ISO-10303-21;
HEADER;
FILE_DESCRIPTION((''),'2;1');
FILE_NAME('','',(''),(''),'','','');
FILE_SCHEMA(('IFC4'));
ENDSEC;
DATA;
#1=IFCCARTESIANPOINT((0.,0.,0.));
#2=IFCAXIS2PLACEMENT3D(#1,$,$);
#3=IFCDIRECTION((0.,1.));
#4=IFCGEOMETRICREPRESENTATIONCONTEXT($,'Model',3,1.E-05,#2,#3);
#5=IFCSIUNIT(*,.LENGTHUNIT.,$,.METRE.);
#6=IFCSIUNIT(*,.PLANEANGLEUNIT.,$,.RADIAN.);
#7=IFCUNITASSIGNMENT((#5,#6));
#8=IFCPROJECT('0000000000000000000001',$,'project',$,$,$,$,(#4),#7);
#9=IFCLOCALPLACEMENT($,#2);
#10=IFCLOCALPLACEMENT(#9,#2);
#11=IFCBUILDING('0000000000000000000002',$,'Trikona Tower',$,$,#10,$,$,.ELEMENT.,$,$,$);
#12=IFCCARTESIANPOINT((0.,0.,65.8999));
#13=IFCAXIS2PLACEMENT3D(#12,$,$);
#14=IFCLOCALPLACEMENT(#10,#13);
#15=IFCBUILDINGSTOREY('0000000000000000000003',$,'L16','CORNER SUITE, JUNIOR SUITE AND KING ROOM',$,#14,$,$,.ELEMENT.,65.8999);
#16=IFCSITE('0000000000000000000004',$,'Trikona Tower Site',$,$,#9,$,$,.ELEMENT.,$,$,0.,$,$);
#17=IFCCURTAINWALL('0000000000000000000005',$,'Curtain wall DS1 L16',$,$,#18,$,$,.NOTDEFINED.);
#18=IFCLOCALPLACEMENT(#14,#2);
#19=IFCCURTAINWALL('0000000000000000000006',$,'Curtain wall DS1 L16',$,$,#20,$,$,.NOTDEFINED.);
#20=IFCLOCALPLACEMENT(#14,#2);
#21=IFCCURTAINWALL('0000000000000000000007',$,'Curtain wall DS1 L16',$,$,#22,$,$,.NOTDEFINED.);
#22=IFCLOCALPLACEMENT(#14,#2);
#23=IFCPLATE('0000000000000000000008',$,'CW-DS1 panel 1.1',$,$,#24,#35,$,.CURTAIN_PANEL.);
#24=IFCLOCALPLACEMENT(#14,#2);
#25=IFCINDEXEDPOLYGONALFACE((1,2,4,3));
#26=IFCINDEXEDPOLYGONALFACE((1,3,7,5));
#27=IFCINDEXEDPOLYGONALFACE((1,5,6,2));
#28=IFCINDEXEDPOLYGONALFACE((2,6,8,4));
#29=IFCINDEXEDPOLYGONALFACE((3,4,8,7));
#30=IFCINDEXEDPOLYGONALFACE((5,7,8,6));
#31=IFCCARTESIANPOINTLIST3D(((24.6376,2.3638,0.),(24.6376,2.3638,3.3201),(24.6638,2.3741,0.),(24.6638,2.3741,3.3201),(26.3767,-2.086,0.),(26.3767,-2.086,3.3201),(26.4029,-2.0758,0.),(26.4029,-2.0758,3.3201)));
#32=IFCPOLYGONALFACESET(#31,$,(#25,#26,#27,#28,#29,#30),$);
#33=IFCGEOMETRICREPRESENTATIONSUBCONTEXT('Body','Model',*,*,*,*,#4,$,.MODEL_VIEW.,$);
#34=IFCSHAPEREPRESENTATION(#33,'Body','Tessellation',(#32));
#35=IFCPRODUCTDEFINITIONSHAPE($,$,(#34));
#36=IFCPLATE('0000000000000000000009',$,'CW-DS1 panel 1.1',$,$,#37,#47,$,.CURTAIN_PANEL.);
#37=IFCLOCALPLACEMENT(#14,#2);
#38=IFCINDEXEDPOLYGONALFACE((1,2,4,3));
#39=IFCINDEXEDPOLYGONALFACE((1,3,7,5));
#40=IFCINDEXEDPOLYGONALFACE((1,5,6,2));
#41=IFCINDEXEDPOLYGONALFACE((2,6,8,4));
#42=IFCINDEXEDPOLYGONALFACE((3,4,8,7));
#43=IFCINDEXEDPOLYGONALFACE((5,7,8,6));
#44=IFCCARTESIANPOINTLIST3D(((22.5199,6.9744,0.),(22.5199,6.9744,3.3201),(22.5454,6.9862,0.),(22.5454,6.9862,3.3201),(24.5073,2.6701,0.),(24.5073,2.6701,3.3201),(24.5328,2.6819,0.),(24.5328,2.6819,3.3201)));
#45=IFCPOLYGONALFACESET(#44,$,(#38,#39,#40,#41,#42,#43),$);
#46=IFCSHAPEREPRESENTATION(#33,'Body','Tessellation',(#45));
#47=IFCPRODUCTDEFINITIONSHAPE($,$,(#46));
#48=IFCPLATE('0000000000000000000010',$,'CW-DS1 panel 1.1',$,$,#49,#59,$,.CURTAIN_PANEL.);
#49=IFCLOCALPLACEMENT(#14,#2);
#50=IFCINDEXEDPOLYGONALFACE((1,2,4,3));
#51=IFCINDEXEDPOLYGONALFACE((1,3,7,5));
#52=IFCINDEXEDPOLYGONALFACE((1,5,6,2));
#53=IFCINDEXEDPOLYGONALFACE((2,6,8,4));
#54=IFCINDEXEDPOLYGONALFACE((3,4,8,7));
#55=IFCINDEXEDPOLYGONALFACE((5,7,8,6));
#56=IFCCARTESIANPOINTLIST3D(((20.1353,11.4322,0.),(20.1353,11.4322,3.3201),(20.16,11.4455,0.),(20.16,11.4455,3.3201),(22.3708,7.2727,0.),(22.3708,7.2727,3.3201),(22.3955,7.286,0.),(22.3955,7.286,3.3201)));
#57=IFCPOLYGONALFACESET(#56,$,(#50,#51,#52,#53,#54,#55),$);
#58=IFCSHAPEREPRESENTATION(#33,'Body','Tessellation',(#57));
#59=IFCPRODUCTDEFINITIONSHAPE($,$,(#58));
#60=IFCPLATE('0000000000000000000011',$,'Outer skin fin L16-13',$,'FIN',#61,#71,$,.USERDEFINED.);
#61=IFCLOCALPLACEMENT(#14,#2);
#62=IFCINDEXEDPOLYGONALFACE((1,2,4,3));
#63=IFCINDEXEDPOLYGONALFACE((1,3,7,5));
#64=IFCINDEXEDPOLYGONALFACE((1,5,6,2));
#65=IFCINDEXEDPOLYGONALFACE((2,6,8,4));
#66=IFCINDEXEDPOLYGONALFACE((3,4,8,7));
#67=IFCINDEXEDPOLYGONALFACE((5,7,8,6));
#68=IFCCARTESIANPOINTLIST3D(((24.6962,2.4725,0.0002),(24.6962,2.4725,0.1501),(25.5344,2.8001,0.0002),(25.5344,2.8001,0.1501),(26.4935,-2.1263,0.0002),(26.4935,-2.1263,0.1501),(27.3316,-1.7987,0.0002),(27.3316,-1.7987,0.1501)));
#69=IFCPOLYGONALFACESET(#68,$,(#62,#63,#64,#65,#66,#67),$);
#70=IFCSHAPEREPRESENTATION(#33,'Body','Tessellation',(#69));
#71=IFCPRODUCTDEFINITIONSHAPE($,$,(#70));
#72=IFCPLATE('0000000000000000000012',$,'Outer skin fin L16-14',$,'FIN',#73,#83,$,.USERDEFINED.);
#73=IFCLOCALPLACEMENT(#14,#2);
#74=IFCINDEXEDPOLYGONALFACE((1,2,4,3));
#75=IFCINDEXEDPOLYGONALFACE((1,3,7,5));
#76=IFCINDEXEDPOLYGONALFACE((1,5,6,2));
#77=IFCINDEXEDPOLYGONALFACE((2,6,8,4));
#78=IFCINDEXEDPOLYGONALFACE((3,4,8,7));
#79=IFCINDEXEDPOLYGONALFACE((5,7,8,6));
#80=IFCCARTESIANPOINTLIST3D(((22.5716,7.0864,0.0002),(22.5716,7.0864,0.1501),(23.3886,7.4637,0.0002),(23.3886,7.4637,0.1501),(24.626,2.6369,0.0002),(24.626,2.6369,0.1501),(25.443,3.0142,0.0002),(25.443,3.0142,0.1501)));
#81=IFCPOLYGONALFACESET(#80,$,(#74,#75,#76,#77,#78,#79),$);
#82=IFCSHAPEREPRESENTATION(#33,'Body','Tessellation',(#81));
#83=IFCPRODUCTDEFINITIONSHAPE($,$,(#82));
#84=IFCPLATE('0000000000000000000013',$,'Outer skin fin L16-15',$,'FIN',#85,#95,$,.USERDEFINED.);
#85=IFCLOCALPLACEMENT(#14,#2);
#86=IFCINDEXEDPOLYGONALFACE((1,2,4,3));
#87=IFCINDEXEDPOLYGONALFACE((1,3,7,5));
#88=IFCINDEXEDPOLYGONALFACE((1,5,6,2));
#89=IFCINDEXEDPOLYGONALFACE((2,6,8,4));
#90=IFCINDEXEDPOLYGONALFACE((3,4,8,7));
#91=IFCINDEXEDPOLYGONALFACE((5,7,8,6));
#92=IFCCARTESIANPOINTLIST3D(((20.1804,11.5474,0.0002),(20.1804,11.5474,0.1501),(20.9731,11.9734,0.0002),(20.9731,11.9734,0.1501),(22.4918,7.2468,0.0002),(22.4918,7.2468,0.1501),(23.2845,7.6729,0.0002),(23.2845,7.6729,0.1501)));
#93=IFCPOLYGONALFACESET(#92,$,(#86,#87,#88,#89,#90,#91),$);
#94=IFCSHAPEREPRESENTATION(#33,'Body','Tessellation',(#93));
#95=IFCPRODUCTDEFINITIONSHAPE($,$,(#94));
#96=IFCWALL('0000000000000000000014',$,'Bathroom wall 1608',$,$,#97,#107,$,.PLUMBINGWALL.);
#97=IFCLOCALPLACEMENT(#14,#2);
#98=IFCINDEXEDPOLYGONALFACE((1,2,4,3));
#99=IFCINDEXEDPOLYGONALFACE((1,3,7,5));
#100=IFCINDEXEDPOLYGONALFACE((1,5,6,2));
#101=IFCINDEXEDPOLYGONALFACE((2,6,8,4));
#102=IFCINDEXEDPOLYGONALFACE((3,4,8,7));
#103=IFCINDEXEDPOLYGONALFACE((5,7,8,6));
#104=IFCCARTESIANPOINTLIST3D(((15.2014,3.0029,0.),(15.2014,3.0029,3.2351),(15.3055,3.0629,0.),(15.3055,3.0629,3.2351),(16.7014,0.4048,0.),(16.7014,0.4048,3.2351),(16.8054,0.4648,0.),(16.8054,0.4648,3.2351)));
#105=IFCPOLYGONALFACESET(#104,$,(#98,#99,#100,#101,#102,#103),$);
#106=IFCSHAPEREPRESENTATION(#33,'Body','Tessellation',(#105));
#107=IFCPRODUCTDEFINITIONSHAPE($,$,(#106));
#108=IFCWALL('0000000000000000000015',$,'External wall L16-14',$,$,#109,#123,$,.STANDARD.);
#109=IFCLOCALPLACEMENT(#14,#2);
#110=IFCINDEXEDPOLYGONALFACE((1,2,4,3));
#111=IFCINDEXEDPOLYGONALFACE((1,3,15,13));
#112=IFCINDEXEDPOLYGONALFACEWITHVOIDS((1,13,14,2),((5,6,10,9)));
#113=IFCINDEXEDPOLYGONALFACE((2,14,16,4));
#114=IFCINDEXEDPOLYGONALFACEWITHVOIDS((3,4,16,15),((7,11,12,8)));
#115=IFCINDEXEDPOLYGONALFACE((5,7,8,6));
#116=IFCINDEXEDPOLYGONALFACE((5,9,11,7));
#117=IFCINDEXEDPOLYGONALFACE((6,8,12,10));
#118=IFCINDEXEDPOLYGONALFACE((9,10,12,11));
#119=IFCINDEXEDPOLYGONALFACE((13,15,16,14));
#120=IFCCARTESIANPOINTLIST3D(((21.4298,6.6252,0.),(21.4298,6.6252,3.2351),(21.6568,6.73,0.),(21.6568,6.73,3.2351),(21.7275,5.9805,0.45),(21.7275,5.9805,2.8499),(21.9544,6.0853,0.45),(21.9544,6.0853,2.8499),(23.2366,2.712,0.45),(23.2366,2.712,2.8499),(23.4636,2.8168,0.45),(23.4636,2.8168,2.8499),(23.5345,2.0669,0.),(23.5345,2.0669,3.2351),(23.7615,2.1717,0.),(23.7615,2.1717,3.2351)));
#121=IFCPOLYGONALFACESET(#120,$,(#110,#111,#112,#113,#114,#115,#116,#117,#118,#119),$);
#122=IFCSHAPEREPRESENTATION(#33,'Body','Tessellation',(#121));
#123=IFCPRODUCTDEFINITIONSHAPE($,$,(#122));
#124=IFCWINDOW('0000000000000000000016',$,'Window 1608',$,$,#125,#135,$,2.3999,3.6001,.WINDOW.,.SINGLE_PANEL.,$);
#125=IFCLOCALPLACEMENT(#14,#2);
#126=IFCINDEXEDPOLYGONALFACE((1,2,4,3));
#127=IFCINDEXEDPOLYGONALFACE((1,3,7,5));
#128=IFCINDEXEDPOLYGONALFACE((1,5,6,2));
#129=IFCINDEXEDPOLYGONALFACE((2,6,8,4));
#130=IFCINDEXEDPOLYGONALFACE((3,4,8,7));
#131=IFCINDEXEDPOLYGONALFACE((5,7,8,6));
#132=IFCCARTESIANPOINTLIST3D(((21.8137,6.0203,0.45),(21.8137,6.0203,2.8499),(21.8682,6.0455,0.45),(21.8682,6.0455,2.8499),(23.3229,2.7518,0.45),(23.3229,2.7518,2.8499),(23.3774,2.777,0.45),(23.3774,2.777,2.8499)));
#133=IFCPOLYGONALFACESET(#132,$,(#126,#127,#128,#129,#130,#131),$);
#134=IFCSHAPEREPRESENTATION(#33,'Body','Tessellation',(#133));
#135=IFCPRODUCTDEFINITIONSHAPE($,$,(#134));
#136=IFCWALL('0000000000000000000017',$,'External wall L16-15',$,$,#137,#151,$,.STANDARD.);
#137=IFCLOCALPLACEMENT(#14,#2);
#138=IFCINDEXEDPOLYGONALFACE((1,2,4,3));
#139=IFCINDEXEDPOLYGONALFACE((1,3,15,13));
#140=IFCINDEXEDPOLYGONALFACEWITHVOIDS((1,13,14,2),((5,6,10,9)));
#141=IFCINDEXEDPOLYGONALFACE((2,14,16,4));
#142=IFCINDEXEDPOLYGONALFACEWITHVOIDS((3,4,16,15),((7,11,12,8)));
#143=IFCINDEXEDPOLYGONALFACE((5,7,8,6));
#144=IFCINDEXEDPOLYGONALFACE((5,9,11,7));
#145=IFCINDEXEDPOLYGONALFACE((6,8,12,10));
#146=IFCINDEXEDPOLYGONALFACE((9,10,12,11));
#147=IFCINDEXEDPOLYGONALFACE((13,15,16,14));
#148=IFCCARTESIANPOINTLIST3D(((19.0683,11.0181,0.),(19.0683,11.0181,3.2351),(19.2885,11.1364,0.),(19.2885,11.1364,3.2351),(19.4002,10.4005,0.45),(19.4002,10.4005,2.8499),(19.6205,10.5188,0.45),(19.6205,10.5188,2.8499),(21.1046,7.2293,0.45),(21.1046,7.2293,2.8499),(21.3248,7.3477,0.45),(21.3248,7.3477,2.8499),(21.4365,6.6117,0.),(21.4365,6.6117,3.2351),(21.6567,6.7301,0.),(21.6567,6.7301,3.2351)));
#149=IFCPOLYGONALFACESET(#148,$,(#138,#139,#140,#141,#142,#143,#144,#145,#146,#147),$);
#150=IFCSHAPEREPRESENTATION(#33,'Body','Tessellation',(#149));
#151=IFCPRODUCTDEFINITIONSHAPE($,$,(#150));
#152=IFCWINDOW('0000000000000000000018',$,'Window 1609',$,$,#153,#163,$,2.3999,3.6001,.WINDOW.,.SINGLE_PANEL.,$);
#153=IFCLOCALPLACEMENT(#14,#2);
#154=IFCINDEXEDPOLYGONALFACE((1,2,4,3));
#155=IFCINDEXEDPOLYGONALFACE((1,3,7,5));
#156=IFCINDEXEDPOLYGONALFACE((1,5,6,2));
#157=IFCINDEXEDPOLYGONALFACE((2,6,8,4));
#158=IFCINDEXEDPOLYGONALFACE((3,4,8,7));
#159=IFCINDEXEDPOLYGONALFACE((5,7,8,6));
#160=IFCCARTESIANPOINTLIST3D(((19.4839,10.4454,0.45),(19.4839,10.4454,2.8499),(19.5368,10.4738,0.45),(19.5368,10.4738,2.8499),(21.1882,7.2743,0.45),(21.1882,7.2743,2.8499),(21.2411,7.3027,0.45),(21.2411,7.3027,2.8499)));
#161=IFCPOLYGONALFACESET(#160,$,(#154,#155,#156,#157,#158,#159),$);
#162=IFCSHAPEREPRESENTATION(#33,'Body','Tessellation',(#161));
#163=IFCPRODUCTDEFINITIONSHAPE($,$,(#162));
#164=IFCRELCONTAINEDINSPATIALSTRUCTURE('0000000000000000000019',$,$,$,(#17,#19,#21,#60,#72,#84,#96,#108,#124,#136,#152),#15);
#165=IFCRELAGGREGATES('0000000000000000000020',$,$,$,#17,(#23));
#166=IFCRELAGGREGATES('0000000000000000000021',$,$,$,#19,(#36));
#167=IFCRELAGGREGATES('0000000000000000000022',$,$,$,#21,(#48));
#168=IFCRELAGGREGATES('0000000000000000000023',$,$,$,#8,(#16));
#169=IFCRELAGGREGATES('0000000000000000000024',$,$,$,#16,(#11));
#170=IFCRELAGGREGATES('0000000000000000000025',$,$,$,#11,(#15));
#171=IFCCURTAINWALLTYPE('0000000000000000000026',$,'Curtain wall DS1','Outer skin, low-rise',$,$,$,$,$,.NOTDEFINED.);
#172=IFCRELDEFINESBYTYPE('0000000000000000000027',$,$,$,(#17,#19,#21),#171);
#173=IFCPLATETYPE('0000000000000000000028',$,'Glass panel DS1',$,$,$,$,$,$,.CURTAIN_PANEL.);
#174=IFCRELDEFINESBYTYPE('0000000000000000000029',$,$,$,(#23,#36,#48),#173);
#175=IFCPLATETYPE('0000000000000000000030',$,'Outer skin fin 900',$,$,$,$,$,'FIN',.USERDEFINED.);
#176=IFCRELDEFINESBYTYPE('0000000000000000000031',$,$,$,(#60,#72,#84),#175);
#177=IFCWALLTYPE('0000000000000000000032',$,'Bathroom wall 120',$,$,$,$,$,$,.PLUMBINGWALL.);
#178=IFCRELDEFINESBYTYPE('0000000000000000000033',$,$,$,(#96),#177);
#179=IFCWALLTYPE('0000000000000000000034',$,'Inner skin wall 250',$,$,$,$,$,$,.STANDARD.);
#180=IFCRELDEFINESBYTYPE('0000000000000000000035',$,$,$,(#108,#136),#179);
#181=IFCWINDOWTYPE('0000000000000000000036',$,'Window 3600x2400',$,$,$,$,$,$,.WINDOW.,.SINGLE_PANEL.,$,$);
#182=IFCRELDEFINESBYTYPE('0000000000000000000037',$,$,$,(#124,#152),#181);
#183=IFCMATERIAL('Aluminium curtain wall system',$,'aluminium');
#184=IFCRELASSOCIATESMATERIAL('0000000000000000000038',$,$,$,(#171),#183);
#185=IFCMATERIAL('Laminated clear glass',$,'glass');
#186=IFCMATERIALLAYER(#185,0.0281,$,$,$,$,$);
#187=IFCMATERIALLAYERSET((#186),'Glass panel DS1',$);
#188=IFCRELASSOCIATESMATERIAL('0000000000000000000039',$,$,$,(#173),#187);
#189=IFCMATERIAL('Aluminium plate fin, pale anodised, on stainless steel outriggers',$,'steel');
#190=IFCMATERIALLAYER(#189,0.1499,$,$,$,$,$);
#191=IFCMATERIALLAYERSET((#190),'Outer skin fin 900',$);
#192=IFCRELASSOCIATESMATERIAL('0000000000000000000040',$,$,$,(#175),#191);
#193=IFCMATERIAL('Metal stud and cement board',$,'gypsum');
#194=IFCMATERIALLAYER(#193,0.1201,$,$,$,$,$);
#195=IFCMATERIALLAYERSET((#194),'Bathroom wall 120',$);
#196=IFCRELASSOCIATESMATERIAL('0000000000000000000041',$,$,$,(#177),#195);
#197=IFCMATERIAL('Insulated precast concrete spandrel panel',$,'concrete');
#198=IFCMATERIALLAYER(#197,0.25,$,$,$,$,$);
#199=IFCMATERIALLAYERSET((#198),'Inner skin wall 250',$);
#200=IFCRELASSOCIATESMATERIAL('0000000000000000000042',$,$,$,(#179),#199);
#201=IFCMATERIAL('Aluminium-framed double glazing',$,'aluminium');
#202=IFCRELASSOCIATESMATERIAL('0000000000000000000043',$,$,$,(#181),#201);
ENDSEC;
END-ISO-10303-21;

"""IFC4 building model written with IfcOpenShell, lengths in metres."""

from ifc_helpers import new_model, si_unit, direction, frame, frame_2d, origin, origin_2d, place, context, subcontext, project, spatial, rectangle, extrude, material, layer, layer_set, type_object, element, fill, aggregate, save


model = new_model("IFC4")

# Units and contexts
model_context = context("Model", 3, precision=1e-05, world=origin(), true_north=direction((0.0, 1.0)))
body_context = subcontext(model_context, "Body", "Model", "MODEL_VIEW")
ifc_project = project(units=[si_unit("LENGTHUNIT", "METRE"), si_unit("PLANEANGLEUNIT", "RADIAN")], contexts=[model_context])

# Site, building, storey
site_placement = place(None, origin())
site = spatial("IfcSite", under=ifc_project, at=site_placement, Name="Trikona Tower Site", CompositionType="ELEMENT", RefElevation=0.0)
building_placement = place(site_placement, origin())
building = spatial("IfcBuilding", under=site, at=building_placement, Name="Trikona Tower", CompositionType="ELEMENT")
storey_placement = place(building_placement, frame((0.0, 0.0, 65.8999)))
storey = spatial("IfcBuildingStorey", under=building, at=storey_placement, Name="L16", Description="CORNER SUITE, JUNIOR SUITE AND KING ROOM", CompositionType="ELEMENT", Elevation=65.8999)

# Curtain wall
ifc_material_1 = material(Name="Aluminium curtain wall system", Category="aluminium")
curtain_wall_type = type_object("IfcCurtainWallType", Name="Curtain wall DS1", Description="Outer skin, low-rise", PredefinedType="NOTDEFINED", material=ifc_material_1)
curtain_wall_1_placement = place(storey_placement, origin())
curtain_wall_1 = element("IfcCurtainWall", 1, at=curtain_wall_1_placement, inside=storey, type_object=curtain_wall_type, Name="Curtain wall DS1 L16", PredefinedType="NOTDEFINED")

# Curtain walls
curtain_wall_2_placement = place(storey_placement, origin())
curtain_wall_2 = element("IfcCurtainWall", 2, at=curtain_wall_2_placement, inside=storey, type_object=curtain_wall_type, Name="Curtain wall DS1 L16", PredefinedType="NOTDEFINED")
curtain_wall_3_placement = place(storey_placement, origin())
curtain_wall_3 = element("IfcCurtainWall", 3, at=curtain_wall_3_placement, inside=storey, type_object=curtain_wall_type, Name="Curtain wall DS1 L16", PredefinedType="NOTDEFINED")

# Plates
ifc_material_2 = material(Name="Laminated clear glass", Category="glass")
ifc_layer_1 = layer(ifc_material_2, 0.0281)
ifc_layer_set_1 = layer_set([ifc_layer_1], Name="Glass panel DS1")
plate_type_1 = type_object("IfcPlateType", Name="Glass panel DS1", PredefinedType="CURTAIN_PANEL", material=ifc_layer_set_1)
plate_1_placement = place(storey_placement, frame((25.5203, 0.144, 0.0), z_axis=(0.0, 0.0, 1.0), x_axis=(-0.364008, 0.931396, 0.0)))
plate_1 = element("IfcPlate", 4, at=plate_1_placement, type_object=plate_type_1, Name="CW-DS1 panel 1.1", PredefinedType="CURTAIN_PANEL", context=body_context, shape_type="SweptSolid", body=[
    extrude(rectangle(XDim=4.7776, YDim=0.0281, at=origin_2d()), origin(), (0.0, 0.0, 1.0), 3.3201),
])
aggregate(curtain_wall_1, [plate_1])
plate_2_placement = place(storey_placement, frame((23.5264, 4.8281, 0.0), z_axis=(0.0, 0.0, 1.0), x_axis=(-0.41919, 0.907898, 0.0)))
plate_2 = element("IfcPlate", 5, at=plate_2_placement, type_object=plate_type_1, Name="CW-DS1 panel 1.1", PredefinedType="CURTAIN_PANEL", context=body_context, shape_type="SweptSolid", body=[
    extrude(rectangle(XDim=4.741, YDim=0.0281, at=origin_2d()), origin(), (0.0, 0.0, 1.0), 3.3201),
])
aggregate(curtain_wall_2, [plate_2])
plate_3_placement = place(storey_placement, frame((21.2654, 9.3591, 0.0), z_axis=(0.0, 0.0, 1.0), x_axis=(-0.473408, 0.880843, 0.0)))
plate_3 = element("IfcPlate", 6, at=plate_3_placement, type_object=plate_type_1, Name="CW-DS1 panel 1.1", PredefinedType="CURTAIN_PANEL", context=body_context, shape_type="SweptSolid", body=[
    extrude(rectangle(XDim=4.7222, YDim=0.0281, at=origin_2d()), origin(), (0.0, 0.0, 1.0), 3.3201),
])
aggregate(curtain_wall_3, [plate_3])

# Plates
ifc_material_3 = material(Name="Aluminium plate fin, pale anodised, on stainless steel outriggers", Category="steel")
ifc_layer_2 = layer(ifc_material_3, 0.1499)
ifc_layer_set_2 = layer_set([ifc_layer_2], Name="Outer skin fin 900")
plate_type_2 = type_object("IfcPlateType", Name="Outer skin fin 900", ElementType="FIN", PredefinedType="USERDEFINED", material=ifc_layer_set_2)
plate_4_placement = place(storey_placement, frame((26.0139, 0.3369, 0.0002), z_axis=(0.0, 0.0, 1.0), x_axis=(-0.364009, 0.931395, 0.0)))
element("IfcPlate", 7, at=plate_4_placement, inside=storey, type_object=plate_type_2, Name="Outer skin fin L16-13", ObjectType="FIN", PredefinedType="USERDEFINED", context=body_context, shape_type="SweptSolid", body=[
    extrude(rectangle(XDim=4.9375, YDim=0.8999, at=origin_2d()), origin(), (0.0, 0.0, 1.0), 0.1499),
])
plate_5_placement = place(storey_placement, frame((24.0073, 5.0503, 0.0002), z_axis=(0.0, 0.0, 1.0), x_axis=(-0.419194, 0.907897, 0.0)))
element("IfcPlate", 8, at=plate_5_placement, inside=storey, type_object=plate_type_2, Name="Outer skin fin L16-14", ObjectType="FIN", PredefinedType="USERDEFINED", context=body_context, shape_type="SweptSolid", body=[
    extrude(rectangle(XDim=4.9009, YDim=0.8999, at=origin_2d()), origin(), (0.0, 0.0, 1.0), 0.1499),
])
plate_6_placement = place(storey_placement, frame((21.7324, 9.6101, 0.0002), z_axis=(0.0, 0.0, 1.0), x_axis=(-0.473423, 0.880835, 0.0)))
element("IfcPlate", 9, at=plate_6_placement, inside=storey, type_object=plate_type_2, Name="Outer skin fin L16-15", ObjectType="FIN", PredefinedType="USERDEFINED", context=body_context, shape_type="SweptSolid", body=[
    extrude(rectangle(XDim=4.8823, YDim=0.8999, at=origin_2d()), origin(), (0.0, 0.0, 1.0), 0.1499),
])

# Wall
ifc_material_4 = material(Name="Metal stud and cement board", Category="gypsum")
ifc_layer_3 = layer(ifc_material_4, 0.1201)
ifc_layer_set_3 = layer_set([ifc_layer_3], Name="Bathroom wall 120")
wall_type_1 = type_object("IfcWallType", Name="Bathroom wall 120", PredefinedType="PLUMBINGWALL", material=ifc_layer_set_3)
wall_1_placement = place(storey_placement, frame((16.7534, 0.4348, 0.0), z_axis=(0.0, 0.0, 1.0), x_axis=(-0.49999, 0.866031, 0.0)))
element("IfcWall", 10, at=wall_1_placement, inside=storey, type_object=wall_type_1, Name="Bathroom wall 1608", PredefinedType="PLUMBINGWALL", context=body_context, shape_type="SweptSolid", body=[
    extrude(rectangle(XDim=3.0, YDim=0.1201, at=frame_2d((1.5, 0.0))), origin(), (0.0, 0.0, 1.0), 3.2351),
])

# Walls, openings, windows
ifc_material_5 = material(Name="Insulated precast concrete spandrel panel", Category="concrete")
ifc_layer_4 = layer(ifc_material_5, 0.25)
ifc_layer_set_4 = layer_set([ifc_layer_4], Name="Inner skin wall 250")
wall_type_2 = type_object("IfcWallType", Name="Inner skin wall 250", PredefinedType="STANDARD", material=ifc_layer_set_4)
wall_2_placement = place(storey_placement, frame((23.6479, 2.1194, 0.0), z_axis=(0.0, 0.0, 1.0), x_axis=(-0.419203, 0.907892, 0.0)))
wall_2 = element("IfcWall", 11, at=wall_2_placement, inside=storey, type_object=wall_type_2, Name="External wall L16-14", PredefinedType="STANDARD", context=body_context, shape_type="SweptSolid", body=[
    extrude(rectangle(XDim=5.0208, YDim=0.25, at=frame_2d((2.5103, 0.0))), origin(), (0.0, 0.0, 1.0), 3.2351),
])
opening_1_placement = place(wall_2_placement, frame((0.7104, 0.0, 0.45)))
opening_1 = element("IfcOpeningElement", 12, at=opening_1_placement, cuts=wall_2, PredefinedType="OPENING", context=body_context, shape_type="SweptSolid", body=[
    extrude(rectangle(XDim=3.6001, YDim=2.3999, at=frame_2d((1.8, 1.2))), frame((0.0, 0.135, 0.0), z_axis=(0.0, -1.0, 0.0), x_axis=(1.0, 0.0, 0.0)), (0.0, 0.0, 1.0), 0.27),
])
ifc_material_6 = material(Name="Aluminium-framed double glazing", Category="aluminium")
window_type = type_object("IfcWindowType", Name="Window 3600x2400", PartitioningType="SINGLE_PANEL", PredefinedType="WINDOW", material=ifc_material_6)
window_1_placement = place(opening_1_placement, origin())
window_1 = element("IfcWindow", 13, at=window_1_placement, inside=storey, type_object=window_type, Name="Window 1608", OverallHeight=2.3999, OverallWidth=3.6001, PartitioningType="SINGLE_PANEL", PredefinedType="WINDOW", context=body_context, shape_type="SweptSolid", body=[
    extrude(rectangle(XDim=3.6001, YDim=2.3999, at=frame_2d((1.8, 1.2))), frame((0.0, 0.03, 0.0), z_axis=(0.0, -1.0, 0.0), x_axis=(1.0, 0.0, 0.0)), (0.0, 0.0, 1.0), 0.0601),
])
fill(opening_1, window_1)
wall_3_placement = place(storey_placement, frame((21.5466, 6.6709, 0.0), z_axis=(0.0, 0.0, 1.0), x_axis=(-0.473413, 0.880841, 0.0)))
wall_3 = element("IfcWall", 14, at=wall_3_placement, inside=storey, type_object=wall_type_2, Name="External wall L16-15", PredefinedType="STANDARD", context=body_context, shape_type="SweptSolid", body=[
    extrude(rectangle(XDim=5.0024, YDim=0.25, at=frame_2d((2.5012, 0.0))), origin(), (0.0, 0.0, 1.0), 3.2351),
])
opening_2_placement = place(wall_3_placement, frame((0.7012, 0.0, 0.45)))
opening_2 = element("IfcOpeningElement", 15, at=opening_2_placement, cuts=wall_3, PredefinedType="OPENING", context=body_context, shape_type="SweptSolid", body=[
    extrude(rectangle(XDim=3.6001, YDim=2.3999, at=frame_2d((1.8, 1.2))), frame((0.0, 0.135, 0.0), z_axis=(0.0, -1.0, 0.0), x_axis=(1.0, 0.0, 0.0)), (0.0, 0.0, 1.0), 0.27),
])
window_2_placement = place(opening_2_placement, origin())
window_2 = element("IfcWindow", 16, at=window_2_placement, inside=storey, type_object=window_type, Name="Window 1609", OverallHeight=2.3999, OverallWidth=3.6001, PartitioningType="SINGLE_PANEL", PredefinedType="WINDOW", context=body_context, shape_type="SweptSolid", body=[
    extrude(rectangle(XDim=3.6001, YDim=2.3999, at=frame_2d((1.8, 1.2))), frame((0.0, 0.03, 0.0), z_axis=(0.0, -1.0, 0.0), x_axis=(1.0, 0.0, 0.0)), (0.0, 0.0, 1.0), 0.0601),
])
fill(opening_2, window_2)

save(model, "model.ifc")
